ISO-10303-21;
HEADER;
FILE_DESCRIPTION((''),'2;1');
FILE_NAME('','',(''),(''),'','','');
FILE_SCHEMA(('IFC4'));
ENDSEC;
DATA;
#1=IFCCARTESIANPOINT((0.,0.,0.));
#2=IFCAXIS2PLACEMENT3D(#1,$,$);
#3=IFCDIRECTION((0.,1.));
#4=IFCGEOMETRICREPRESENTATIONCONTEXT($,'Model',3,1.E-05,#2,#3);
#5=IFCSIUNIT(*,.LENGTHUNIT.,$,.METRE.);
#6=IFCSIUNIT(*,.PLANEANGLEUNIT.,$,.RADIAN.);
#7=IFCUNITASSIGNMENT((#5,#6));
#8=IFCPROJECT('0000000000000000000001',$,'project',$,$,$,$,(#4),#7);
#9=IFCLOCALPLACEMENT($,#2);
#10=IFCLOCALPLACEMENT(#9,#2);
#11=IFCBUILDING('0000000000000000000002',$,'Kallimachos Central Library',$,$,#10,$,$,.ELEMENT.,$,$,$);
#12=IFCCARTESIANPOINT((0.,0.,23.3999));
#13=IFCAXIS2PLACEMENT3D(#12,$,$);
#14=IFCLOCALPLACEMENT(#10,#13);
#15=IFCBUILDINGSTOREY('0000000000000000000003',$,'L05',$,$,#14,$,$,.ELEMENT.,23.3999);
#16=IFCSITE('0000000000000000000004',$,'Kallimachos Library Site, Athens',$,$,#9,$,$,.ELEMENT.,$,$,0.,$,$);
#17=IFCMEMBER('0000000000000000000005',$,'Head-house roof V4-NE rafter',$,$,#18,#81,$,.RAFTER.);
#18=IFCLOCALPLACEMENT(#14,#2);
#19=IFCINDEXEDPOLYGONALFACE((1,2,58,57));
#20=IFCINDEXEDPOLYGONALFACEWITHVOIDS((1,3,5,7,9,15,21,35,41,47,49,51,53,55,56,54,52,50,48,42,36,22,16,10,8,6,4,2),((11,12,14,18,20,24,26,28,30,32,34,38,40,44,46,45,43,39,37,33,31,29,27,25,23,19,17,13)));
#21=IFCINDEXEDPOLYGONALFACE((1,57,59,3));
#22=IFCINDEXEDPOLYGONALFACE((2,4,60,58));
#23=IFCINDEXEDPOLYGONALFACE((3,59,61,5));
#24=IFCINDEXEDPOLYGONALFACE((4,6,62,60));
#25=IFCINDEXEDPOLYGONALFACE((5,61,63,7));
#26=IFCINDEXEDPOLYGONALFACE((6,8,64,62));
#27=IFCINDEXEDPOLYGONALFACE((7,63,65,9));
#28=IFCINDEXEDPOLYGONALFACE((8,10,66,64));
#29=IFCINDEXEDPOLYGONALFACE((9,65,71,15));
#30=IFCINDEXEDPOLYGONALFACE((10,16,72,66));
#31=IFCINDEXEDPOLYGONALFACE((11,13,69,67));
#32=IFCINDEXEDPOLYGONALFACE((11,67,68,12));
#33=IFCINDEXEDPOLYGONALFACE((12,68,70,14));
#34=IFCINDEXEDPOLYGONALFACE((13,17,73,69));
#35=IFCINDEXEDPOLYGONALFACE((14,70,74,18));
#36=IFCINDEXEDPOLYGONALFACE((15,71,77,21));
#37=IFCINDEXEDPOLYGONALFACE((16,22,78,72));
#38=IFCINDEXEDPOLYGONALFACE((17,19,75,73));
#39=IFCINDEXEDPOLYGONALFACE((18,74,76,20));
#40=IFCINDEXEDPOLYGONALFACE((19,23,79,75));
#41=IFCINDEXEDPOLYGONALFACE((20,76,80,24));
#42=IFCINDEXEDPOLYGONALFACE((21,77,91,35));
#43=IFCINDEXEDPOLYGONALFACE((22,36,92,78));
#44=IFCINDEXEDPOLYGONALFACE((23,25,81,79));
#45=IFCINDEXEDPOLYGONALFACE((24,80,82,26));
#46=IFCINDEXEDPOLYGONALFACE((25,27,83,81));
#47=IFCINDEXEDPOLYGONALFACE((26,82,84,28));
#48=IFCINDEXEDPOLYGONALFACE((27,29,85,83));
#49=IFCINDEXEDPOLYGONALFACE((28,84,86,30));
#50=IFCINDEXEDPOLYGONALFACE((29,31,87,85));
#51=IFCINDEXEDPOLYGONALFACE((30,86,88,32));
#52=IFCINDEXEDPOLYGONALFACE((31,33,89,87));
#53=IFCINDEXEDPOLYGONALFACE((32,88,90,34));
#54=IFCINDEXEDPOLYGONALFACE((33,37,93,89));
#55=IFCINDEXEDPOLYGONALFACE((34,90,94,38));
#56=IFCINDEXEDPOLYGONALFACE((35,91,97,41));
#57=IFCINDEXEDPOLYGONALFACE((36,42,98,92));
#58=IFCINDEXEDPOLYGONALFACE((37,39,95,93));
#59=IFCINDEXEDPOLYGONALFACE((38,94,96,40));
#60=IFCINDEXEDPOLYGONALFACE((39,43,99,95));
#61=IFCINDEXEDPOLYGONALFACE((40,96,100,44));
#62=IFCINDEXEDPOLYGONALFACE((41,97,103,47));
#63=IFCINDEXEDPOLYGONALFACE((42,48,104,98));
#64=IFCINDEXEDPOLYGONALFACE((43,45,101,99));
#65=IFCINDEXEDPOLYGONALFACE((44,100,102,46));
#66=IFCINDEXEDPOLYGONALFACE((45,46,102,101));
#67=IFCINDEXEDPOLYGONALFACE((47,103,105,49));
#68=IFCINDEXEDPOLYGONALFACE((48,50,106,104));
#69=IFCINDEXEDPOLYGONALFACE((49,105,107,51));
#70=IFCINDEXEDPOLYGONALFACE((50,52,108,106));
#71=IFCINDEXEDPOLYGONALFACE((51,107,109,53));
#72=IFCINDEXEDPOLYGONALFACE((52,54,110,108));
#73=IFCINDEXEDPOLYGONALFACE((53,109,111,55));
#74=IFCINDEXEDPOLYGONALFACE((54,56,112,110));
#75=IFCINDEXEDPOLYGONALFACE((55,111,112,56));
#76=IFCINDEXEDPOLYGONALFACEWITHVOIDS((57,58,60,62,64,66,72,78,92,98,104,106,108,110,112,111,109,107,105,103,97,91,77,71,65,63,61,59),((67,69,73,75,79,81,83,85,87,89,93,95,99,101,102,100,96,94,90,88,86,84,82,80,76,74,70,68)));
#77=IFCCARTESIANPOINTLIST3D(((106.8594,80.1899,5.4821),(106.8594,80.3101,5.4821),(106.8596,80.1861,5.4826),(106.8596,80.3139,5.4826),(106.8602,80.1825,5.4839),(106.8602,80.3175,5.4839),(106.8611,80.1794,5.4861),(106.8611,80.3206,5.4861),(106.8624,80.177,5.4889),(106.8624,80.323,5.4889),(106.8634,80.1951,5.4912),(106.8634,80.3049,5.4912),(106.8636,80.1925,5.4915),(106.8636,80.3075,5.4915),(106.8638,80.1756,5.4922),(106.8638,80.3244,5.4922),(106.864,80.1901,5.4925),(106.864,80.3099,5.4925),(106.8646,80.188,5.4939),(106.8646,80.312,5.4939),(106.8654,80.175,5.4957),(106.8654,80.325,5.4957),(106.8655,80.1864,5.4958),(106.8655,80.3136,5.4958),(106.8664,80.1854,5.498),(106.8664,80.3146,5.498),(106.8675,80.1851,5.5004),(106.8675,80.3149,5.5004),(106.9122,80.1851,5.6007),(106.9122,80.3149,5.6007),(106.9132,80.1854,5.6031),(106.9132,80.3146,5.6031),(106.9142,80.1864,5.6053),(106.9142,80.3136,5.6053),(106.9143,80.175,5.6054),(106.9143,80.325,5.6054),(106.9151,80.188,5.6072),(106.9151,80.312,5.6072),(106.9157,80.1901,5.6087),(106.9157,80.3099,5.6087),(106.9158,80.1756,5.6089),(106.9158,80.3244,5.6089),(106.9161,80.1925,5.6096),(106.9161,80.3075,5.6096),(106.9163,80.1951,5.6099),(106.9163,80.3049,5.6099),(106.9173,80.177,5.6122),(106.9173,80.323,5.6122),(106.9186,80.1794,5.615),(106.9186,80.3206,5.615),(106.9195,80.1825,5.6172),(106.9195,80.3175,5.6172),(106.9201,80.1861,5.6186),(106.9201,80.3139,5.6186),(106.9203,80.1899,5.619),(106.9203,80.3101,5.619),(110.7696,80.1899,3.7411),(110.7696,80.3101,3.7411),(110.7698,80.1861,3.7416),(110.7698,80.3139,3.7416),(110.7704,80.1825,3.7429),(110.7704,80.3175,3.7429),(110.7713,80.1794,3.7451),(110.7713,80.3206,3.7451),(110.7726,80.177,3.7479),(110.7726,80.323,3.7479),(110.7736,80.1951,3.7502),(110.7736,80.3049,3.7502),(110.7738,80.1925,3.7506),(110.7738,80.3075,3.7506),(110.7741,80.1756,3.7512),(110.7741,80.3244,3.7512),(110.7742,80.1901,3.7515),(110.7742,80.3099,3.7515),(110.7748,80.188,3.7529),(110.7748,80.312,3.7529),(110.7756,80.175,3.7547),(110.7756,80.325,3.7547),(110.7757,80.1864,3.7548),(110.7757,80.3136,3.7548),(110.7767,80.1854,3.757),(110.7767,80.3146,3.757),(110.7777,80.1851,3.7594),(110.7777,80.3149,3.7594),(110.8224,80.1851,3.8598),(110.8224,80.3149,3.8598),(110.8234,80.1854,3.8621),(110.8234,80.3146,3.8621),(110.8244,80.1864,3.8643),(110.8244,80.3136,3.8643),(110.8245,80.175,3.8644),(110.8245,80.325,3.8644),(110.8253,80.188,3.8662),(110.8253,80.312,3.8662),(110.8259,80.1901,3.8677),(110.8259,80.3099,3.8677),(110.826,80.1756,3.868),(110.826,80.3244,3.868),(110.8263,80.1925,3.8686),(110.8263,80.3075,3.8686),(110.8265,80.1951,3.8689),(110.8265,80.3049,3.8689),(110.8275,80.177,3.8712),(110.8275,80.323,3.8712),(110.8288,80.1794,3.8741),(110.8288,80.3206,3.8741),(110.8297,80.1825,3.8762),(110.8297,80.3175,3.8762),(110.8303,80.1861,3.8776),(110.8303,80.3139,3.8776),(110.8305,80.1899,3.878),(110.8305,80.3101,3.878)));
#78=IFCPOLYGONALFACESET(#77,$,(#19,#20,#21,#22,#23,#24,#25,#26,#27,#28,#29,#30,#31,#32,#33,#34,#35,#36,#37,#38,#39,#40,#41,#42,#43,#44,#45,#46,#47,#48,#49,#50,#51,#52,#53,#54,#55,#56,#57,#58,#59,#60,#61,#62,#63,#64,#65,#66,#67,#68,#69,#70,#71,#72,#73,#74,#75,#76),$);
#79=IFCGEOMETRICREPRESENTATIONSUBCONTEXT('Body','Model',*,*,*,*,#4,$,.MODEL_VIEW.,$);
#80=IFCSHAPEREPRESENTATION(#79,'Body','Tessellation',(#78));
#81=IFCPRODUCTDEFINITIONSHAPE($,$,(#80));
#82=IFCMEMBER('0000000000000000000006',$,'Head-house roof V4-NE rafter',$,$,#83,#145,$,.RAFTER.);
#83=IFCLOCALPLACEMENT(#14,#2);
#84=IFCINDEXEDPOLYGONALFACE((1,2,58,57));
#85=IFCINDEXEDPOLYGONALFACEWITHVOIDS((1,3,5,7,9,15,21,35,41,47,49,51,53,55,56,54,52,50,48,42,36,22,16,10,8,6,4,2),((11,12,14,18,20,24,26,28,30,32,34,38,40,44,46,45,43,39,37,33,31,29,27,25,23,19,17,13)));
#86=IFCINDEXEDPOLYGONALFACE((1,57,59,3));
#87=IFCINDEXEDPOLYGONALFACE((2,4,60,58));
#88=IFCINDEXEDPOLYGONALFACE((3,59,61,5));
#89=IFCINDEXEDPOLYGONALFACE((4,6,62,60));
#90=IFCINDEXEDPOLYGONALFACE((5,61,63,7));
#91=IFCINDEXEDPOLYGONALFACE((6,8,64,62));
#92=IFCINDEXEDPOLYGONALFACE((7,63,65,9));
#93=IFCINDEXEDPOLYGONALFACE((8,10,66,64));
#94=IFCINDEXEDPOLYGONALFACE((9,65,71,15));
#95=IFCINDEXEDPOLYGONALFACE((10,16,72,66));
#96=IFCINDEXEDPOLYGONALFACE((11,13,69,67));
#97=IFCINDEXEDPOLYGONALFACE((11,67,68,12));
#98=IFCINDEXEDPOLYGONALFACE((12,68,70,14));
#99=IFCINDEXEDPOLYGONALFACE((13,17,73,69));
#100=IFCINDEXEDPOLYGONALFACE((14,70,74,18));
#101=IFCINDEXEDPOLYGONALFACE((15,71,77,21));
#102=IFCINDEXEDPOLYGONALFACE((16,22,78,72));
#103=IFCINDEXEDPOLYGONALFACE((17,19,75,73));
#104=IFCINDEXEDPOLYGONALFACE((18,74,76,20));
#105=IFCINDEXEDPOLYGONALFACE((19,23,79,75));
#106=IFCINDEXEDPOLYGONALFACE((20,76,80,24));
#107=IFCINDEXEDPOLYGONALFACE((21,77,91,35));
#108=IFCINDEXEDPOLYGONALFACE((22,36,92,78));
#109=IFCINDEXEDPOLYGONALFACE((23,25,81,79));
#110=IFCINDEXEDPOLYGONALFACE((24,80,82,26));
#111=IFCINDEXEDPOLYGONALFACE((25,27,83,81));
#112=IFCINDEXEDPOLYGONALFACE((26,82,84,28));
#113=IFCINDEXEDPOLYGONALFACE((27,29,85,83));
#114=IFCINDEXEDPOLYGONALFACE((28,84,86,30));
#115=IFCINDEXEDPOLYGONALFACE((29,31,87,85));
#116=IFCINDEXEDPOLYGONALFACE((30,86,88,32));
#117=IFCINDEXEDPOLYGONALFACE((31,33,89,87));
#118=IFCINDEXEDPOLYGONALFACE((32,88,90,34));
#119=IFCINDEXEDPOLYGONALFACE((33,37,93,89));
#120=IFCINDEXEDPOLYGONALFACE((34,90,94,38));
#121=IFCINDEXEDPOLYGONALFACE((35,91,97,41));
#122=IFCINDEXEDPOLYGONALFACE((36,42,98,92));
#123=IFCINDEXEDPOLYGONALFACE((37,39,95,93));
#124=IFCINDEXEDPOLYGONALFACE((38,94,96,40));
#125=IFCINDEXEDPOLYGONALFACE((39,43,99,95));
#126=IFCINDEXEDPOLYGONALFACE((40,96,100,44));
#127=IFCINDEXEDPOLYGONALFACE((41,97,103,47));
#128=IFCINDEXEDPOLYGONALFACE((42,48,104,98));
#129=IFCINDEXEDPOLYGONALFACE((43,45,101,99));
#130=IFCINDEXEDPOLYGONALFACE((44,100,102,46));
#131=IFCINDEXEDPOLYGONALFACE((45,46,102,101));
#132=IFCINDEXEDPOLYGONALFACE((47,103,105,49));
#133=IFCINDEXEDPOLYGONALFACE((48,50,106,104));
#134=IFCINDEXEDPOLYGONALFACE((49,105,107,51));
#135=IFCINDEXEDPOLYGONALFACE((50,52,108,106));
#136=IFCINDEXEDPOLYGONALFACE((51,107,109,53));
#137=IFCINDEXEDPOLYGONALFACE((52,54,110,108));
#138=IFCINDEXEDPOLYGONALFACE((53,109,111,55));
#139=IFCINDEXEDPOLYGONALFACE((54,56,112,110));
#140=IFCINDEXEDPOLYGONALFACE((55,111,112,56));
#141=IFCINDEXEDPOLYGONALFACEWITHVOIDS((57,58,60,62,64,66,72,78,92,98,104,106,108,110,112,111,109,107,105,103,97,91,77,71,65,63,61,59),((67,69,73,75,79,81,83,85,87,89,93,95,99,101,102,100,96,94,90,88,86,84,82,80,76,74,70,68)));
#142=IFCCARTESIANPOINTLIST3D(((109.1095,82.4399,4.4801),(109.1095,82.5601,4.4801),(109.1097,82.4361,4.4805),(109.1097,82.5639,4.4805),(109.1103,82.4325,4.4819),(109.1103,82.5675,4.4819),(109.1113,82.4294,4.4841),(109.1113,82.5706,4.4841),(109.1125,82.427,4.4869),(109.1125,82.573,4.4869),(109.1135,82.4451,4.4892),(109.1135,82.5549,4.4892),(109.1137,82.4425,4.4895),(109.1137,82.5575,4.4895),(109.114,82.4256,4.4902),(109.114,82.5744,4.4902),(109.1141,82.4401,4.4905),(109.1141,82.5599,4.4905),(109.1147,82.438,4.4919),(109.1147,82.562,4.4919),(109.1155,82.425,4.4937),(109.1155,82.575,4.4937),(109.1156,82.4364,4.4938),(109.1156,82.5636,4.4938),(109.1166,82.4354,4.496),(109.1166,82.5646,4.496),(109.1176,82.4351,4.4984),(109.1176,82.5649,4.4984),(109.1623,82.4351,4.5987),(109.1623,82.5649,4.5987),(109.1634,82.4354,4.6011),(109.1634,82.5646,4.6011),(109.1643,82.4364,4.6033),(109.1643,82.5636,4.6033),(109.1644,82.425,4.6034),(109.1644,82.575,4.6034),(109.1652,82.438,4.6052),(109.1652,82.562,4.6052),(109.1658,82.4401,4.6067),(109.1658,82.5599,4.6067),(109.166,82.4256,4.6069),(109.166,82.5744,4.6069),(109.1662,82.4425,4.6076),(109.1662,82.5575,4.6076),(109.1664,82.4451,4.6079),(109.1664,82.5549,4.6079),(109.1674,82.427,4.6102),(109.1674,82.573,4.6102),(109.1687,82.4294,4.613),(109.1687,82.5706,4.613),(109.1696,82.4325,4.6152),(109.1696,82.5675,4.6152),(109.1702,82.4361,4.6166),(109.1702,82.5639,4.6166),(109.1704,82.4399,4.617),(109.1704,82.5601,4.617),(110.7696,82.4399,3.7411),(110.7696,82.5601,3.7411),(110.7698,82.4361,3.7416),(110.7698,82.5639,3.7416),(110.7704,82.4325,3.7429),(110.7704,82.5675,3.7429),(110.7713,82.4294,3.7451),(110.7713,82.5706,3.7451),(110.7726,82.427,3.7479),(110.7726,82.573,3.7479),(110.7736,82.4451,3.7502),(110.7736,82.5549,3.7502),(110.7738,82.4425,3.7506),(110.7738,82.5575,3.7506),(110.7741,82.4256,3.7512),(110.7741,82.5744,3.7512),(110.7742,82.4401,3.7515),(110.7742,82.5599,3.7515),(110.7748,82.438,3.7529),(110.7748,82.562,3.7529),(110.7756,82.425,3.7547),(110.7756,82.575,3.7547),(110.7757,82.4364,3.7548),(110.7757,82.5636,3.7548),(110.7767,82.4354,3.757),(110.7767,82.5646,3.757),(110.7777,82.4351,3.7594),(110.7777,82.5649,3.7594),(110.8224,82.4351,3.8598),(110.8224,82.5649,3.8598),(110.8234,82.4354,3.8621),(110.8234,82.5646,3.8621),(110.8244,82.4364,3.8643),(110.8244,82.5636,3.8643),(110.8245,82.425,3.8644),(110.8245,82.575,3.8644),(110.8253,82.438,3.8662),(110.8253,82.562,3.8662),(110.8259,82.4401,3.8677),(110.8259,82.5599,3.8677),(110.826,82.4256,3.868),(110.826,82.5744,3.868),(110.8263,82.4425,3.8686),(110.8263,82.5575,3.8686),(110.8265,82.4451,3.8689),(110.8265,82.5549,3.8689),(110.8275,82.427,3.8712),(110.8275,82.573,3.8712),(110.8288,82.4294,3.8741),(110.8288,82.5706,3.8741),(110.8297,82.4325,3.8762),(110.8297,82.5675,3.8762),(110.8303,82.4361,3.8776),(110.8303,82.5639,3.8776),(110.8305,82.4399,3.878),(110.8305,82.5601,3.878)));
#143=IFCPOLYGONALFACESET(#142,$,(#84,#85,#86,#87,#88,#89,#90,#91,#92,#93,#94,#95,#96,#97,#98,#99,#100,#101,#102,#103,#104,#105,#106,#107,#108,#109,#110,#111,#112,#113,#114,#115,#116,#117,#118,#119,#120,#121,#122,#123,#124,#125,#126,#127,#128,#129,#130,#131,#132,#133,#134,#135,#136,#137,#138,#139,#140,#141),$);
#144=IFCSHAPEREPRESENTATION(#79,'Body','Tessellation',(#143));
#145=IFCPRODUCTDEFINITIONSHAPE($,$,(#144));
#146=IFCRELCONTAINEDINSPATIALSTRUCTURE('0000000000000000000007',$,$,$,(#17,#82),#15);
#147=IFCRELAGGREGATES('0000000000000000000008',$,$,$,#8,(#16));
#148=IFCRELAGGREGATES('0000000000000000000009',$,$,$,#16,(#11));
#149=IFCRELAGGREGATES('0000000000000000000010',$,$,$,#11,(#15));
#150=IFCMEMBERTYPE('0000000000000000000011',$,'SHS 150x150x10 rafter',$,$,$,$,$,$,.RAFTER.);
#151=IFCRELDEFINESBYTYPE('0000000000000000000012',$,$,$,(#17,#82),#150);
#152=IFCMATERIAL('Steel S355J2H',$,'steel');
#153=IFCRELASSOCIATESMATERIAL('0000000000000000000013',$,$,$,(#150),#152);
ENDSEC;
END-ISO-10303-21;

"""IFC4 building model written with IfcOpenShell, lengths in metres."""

from ifc_helpers import new_model, si_unit, direction, frame, origin, origin_2d, place, context, subcontext, project, spatial, hollow_rectangle, extrude, material, material_profile, profile_set, type_object, element, save


model = new_model("IFC4")

# Units and contexts
model_context = context("Model", 3, precision=1e-05, world=origin(), true_north=direction((0.0, 1.0)))
body_context = subcontext(model_context, "Body", "Model", "MODEL_VIEW")
ifc_project = project(units=[si_unit("LENGTHUNIT", "METRE"), si_unit("PLANEANGLEUNIT", "RADIAN")], contexts=[model_context])

# Site, building, storey
site_placement = place(None, origin())
site = spatial("IfcSite", under=ifc_project, at=site_placement, Name="Kallimachos Library Site, Athens", CompositionType="ELEMENT", RefElevation=0.0)
building_placement = place(site_placement, origin())
building = spatial("IfcBuilding", under=site, at=building_placement, Name="Kallimachos Central Library", CompositionType="ELEMENT")
storey_placement = place(building_placement, frame((0.0, 0.0, 23.3999)))
storey = spatial("IfcBuildingStorey", under=building, at=storey_placement, Name="L05", CompositionType="ELEMENT", Elevation=23.3999)

# Members
ifc_material_1 = material(Name="Steel S355J2H", Category="steel")
ifc_material_profile_1 = material_profile(ifc_material_1, hollow_rectangle(XDim=0.1499, YDim=0.1499, WallThickness=0.01, InnerFilletRadius=0.01, OuterFilletRadius=0.0149, at=origin_2d()), Name="SHS 150x150x10")
ifc_profile_set_1 = profile_set([ifc_material_profile_1], Name="Steel S355J2H")
member_type_1 = type_object("IfcMemberType", Name="SHS 150x150x10 rafter", PredefinedType="RAFTER", material=ifc_profile_set_1)
member_1_placement = place(storey_placement, frame((110.8, 80.25, 3.8096), z_axis=(-0.913541, 0.0, 0.406747), x_axis=(0.0, -1.0, 0.0)))
element("IfcMember", 1, at=member_1_placement, inside=storey, type_object=member_type_1, Name="Head-house roof V4-NE rafter", PredefinedType="RAFTER", context=body_context, shape_type="SweptSolid", body=[
    extrude(hollow_rectangle(XDim=0.1499, YDim=0.1499, WallThickness=0.01, InnerFilletRadius=0.01, OuterFilletRadius=0.0149, at=origin_2d()), origin(), (0.0, 0.0, 1.0), 4.2803),
])
member_2_placement = place(storey_placement, frame((110.8, 82.5, 3.8096), z_axis=(-0.913573, 0.0, 0.406674), x_axis=(0.0, -1.0, 0.0)))
element("IfcMember", 2, at=member_2_placement, inside=storey, type_object=member_type_1, Name="Head-house roof V4-NE rafter", PredefinedType="RAFTER", context=body_context, shape_type="SweptSolid", body=[
    extrude(hollow_rectangle(XDim=0.1499, YDim=0.1499, WallThickness=0.01, InnerFilletRadius=0.01, OuterFilletRadius=0.0149, at=origin_2d()), origin(), (0.0, 0.0, 1.0), 1.8171),
])

save(model, "model.ifc")
